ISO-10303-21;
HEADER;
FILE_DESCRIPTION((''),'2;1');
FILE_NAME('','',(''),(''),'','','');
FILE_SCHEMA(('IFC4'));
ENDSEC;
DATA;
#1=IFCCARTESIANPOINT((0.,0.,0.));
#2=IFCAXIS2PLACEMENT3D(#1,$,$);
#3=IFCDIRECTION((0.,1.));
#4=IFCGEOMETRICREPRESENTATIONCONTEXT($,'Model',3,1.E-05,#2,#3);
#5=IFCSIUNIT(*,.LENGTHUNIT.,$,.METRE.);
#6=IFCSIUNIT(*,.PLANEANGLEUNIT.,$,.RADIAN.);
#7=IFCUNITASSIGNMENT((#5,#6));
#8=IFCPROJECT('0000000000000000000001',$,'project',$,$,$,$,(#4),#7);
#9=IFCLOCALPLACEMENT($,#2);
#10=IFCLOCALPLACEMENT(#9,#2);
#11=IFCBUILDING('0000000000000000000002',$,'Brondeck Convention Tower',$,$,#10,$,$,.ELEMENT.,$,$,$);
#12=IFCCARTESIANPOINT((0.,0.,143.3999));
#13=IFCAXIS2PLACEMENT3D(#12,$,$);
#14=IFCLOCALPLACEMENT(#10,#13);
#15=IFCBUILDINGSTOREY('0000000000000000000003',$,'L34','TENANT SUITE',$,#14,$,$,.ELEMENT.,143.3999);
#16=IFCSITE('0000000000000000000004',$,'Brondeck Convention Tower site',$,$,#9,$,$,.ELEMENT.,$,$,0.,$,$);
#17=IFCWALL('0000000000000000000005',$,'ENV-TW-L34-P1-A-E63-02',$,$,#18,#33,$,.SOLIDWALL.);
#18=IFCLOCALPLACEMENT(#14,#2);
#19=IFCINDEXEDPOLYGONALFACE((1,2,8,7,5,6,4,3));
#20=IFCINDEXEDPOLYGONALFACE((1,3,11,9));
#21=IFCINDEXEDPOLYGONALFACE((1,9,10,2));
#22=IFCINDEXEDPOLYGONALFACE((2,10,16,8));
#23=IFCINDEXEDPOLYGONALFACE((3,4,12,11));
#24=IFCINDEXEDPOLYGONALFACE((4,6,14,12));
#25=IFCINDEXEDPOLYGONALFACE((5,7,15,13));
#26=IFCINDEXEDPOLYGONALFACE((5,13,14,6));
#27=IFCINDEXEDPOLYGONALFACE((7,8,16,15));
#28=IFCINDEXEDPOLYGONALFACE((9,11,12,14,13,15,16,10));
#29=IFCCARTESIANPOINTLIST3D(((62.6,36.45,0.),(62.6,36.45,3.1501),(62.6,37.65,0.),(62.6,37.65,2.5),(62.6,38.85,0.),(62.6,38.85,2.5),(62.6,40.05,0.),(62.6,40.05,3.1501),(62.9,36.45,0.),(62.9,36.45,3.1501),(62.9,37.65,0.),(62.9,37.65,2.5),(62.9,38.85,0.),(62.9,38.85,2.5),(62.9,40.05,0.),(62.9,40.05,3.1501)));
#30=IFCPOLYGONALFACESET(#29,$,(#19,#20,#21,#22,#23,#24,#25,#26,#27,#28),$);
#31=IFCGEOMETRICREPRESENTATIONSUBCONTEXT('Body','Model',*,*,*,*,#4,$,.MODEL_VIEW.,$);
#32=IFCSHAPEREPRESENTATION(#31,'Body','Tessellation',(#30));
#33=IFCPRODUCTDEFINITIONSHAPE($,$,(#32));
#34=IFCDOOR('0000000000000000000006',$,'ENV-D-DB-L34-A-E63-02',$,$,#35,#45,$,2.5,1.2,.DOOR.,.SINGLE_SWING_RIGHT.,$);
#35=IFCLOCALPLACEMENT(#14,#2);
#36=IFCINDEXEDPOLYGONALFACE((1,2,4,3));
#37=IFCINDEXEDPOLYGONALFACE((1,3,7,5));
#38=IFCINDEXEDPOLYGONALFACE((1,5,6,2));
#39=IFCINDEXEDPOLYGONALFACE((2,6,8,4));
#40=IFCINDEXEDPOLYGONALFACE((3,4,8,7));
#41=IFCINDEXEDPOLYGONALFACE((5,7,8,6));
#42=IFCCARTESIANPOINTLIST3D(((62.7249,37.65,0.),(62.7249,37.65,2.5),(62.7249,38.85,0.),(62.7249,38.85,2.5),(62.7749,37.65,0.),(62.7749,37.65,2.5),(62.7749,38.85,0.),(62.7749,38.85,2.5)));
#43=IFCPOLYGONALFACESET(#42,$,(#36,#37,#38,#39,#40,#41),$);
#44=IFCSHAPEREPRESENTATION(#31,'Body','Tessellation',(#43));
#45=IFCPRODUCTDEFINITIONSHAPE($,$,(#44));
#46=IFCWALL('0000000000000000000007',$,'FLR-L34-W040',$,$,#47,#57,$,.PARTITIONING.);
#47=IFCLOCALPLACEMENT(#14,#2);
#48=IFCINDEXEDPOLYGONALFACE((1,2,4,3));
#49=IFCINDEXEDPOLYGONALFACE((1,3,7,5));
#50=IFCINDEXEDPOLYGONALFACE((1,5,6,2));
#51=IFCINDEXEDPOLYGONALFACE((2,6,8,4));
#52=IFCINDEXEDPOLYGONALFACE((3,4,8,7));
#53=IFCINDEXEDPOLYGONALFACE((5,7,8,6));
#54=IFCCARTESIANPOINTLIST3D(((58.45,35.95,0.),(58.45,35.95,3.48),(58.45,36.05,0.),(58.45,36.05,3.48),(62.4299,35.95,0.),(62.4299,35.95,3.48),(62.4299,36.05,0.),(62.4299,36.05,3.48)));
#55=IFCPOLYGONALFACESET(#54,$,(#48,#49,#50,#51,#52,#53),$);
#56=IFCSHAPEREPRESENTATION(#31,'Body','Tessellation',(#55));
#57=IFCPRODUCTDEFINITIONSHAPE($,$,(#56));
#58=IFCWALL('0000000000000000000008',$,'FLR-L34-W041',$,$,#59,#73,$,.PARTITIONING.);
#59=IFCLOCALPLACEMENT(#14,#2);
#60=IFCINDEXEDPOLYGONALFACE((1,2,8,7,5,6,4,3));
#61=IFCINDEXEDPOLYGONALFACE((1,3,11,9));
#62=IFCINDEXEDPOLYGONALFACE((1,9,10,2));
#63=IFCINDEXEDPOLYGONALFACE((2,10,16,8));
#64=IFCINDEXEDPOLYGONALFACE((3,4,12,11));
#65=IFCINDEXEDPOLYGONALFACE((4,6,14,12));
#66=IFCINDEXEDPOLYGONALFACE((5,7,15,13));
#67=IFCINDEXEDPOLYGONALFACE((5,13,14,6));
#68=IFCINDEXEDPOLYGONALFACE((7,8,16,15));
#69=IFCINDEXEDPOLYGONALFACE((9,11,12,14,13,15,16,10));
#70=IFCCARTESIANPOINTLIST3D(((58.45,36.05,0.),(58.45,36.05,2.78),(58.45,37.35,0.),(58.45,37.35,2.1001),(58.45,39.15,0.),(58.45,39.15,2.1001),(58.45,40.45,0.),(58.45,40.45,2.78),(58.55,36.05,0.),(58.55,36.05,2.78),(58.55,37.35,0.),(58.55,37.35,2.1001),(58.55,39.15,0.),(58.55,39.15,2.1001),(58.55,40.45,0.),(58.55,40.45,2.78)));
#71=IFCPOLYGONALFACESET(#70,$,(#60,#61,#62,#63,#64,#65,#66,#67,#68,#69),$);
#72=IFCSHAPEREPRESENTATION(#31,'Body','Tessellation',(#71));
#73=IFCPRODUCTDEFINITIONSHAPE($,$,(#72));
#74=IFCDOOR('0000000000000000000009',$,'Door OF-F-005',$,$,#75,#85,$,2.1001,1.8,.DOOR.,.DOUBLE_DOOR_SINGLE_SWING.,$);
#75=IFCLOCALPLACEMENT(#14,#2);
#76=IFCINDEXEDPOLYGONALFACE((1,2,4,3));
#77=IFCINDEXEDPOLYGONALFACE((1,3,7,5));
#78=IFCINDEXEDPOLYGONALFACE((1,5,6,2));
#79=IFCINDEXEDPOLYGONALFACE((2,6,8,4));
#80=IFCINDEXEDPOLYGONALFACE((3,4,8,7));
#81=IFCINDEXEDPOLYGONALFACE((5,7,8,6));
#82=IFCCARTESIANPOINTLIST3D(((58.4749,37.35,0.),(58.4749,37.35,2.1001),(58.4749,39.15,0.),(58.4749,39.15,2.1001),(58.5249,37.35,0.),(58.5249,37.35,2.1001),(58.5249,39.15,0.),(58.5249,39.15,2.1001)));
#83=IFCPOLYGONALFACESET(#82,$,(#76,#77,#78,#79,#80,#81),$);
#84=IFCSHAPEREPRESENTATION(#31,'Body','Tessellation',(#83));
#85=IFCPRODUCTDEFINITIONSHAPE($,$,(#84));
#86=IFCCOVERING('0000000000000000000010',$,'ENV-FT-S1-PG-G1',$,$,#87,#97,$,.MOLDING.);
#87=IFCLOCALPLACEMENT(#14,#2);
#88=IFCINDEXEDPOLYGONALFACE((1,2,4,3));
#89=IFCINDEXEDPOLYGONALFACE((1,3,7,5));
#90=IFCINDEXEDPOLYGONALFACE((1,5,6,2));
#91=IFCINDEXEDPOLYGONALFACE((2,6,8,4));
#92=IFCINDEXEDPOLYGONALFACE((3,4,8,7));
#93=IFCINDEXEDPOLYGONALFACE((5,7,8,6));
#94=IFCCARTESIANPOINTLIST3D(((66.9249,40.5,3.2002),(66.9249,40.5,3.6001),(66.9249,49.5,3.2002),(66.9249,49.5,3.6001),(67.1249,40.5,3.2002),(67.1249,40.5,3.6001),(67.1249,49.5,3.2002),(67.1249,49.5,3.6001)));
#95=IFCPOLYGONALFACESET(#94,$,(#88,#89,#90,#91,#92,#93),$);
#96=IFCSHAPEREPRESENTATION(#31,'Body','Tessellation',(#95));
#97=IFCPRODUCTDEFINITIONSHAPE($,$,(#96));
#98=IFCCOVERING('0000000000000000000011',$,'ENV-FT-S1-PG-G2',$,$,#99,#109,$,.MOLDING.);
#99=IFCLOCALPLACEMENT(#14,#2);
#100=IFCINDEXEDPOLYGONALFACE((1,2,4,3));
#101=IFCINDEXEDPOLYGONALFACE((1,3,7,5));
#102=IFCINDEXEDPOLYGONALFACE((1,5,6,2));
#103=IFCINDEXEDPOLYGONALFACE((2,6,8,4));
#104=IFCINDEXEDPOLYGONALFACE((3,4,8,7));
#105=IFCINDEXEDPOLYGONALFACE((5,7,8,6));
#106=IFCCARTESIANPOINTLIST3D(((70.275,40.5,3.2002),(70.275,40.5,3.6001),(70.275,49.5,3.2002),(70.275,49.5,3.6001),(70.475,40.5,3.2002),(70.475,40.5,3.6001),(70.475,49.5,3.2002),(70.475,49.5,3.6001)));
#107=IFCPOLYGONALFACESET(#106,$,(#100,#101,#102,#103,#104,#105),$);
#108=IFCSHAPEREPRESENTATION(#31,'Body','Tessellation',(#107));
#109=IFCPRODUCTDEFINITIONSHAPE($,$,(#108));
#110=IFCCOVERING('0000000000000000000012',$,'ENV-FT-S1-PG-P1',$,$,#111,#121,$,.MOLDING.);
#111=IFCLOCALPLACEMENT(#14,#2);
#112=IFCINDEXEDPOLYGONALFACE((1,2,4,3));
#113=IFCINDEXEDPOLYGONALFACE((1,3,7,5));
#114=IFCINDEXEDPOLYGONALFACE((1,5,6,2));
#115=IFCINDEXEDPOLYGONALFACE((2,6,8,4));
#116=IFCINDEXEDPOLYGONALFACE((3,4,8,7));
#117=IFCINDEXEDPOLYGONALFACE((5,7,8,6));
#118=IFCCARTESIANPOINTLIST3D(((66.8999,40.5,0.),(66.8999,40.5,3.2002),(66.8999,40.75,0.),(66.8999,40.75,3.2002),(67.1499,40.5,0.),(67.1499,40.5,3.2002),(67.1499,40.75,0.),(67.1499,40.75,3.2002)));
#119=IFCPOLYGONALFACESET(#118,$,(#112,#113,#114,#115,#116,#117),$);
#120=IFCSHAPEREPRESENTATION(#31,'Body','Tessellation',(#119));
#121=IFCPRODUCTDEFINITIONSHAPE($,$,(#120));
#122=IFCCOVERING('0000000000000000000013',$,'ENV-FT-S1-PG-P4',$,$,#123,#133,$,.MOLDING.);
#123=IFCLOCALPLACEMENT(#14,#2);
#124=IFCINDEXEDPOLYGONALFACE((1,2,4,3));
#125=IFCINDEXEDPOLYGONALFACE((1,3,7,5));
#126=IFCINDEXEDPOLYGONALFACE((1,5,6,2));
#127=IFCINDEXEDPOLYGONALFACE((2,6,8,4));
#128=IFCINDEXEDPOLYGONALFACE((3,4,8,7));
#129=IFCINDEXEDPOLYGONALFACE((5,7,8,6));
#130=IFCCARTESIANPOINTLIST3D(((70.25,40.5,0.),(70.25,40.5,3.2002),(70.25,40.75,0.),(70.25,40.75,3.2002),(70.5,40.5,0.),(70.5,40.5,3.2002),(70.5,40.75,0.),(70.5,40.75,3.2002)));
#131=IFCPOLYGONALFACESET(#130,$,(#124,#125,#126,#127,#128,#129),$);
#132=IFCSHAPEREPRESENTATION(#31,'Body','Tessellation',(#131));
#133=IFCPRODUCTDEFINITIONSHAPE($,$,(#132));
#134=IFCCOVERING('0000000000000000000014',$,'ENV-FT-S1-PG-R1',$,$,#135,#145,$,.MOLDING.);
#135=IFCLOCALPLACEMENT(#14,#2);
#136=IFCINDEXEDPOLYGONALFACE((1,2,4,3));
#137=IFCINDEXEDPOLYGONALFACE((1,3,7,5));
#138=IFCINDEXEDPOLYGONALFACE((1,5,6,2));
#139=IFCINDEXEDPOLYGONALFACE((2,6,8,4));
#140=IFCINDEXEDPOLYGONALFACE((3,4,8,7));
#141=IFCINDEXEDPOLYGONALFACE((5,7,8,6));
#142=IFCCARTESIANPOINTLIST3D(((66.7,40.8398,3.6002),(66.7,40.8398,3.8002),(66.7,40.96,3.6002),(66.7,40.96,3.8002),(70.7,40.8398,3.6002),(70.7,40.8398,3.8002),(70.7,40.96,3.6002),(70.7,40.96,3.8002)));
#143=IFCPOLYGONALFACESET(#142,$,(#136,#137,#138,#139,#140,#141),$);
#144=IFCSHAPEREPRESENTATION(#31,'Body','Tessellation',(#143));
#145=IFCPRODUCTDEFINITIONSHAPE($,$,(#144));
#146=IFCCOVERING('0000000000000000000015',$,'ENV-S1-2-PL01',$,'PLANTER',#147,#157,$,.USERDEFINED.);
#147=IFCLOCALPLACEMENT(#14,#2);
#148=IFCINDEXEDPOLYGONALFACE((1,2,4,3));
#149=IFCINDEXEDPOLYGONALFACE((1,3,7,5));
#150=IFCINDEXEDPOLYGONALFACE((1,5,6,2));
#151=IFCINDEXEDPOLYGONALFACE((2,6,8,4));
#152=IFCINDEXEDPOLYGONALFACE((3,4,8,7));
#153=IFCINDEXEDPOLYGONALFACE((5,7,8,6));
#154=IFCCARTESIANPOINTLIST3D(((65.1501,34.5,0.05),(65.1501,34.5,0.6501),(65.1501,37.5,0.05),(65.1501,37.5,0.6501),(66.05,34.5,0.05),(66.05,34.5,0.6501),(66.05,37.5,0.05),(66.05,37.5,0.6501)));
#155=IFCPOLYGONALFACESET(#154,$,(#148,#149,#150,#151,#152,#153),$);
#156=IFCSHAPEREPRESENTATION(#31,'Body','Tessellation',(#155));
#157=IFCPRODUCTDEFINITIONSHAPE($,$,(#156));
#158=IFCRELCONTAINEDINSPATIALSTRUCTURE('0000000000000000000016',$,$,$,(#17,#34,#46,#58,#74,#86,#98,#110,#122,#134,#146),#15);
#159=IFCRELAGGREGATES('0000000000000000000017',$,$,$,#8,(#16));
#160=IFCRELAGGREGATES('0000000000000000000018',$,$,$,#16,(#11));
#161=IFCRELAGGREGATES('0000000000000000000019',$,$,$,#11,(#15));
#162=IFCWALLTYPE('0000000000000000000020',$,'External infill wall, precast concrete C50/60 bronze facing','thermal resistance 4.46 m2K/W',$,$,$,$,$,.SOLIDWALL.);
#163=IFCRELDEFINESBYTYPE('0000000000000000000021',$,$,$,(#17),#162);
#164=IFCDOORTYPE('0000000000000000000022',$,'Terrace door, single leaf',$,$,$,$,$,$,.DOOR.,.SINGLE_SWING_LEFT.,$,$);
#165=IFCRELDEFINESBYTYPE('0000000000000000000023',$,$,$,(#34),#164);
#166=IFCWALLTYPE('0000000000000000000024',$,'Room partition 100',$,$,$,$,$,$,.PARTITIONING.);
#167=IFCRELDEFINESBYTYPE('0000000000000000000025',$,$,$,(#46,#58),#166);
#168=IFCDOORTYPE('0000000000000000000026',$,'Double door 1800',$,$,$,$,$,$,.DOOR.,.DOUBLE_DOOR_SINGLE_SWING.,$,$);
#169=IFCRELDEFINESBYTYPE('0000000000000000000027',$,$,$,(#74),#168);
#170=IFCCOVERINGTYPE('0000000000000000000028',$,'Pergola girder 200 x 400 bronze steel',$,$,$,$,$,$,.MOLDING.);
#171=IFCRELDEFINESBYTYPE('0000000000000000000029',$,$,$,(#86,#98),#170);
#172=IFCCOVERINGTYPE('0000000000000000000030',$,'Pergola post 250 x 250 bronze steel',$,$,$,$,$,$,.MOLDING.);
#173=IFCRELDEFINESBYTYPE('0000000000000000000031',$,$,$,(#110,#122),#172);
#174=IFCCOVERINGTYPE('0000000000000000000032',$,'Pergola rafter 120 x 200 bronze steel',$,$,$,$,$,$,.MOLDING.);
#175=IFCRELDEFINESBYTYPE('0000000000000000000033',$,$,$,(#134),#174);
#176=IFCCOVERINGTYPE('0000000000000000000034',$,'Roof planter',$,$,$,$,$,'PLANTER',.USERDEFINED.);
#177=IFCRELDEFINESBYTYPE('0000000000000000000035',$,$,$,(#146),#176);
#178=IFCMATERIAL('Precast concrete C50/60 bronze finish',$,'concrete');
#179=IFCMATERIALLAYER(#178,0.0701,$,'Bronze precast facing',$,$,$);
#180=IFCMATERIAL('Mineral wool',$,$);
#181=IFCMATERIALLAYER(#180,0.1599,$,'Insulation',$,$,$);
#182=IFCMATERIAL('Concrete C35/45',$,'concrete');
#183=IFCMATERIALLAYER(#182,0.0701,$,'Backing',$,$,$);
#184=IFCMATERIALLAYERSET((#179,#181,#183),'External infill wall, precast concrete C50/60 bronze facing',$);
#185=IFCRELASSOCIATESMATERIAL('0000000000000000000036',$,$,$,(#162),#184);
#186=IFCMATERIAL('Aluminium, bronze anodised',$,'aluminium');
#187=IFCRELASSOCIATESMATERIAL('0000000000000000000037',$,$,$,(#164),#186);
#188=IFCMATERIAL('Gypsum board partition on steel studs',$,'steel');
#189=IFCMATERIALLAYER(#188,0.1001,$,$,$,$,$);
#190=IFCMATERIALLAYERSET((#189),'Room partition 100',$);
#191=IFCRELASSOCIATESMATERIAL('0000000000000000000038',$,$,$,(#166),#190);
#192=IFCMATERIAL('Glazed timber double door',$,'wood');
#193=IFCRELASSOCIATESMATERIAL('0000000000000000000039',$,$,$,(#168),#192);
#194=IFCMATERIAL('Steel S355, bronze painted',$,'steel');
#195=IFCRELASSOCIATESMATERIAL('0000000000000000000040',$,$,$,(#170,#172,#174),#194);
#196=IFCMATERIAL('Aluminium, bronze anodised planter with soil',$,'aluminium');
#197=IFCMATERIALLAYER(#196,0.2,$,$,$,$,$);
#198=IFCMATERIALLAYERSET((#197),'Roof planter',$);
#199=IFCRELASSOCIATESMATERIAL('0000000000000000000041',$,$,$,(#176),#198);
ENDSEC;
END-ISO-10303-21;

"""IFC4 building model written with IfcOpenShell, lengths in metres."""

from ifc_helpers import new_model, si_unit, direction, frame, frame_2d, origin, origin_2d, place, context, subcontext, project, spatial, rectangle, extrude, material, layer, layer_set, material_profile, profile_set, type_object, element, fill, save


model = new_model("IFC4")

# Units and contexts
model_context = context("Model", 3, precision=1e-05, world=origin(), true_north=direction((0.0, 1.0)))
body_context = subcontext(model_context, "Body", "Model", "MODEL_VIEW")
ifc_project = project(units=[si_unit("LENGTHUNIT", "METRE"), si_unit("PLANEANGLEUNIT", "RADIAN")], contexts=[model_context])

# Site, building, storey
site_placement = place(None, origin())
site = spatial("IfcSite", under=ifc_project, at=site_placement, Name="Brondeck Convention Tower site", CompositionType="ELEMENT", RefElevation=0.0)
building_placement = place(site_placement, origin())
building = spatial("IfcBuilding", under=site, at=building_placement, Name="Brondeck Convention Tower", CompositionType="ELEMENT")
storey_placement = place(building_placement, frame((0.0, 0.0, 143.3999)))
storey = spatial("IfcBuildingStorey", under=building, at=storey_placement, Name="L34", Description="TENANT SUITE", CompositionType="ELEMENT", Elevation=143.3999)

# Shared definitions
ifc_material_1 = material(Name="Aluminium, bronze anodised", Category="aluminium")

# Shared definitions
ifc_material_2 = material(Name="Precast concrete C50/60 bronze finish", Category="concrete")
ifc_layer_1 = layer(ifc_material_2, 0.0701, Name="Bronze precast facing")
ifc_material_3 = material(Name="Mineral wool")
ifc_layer_2 = layer(ifc_material_3, 0.1599, Name="Insulation")
ifc_material_4 = material(Name="Concrete C35/45", Category="concrete")
ifc_layer_3 = layer(ifc_material_4, 0.0701, Name="Backing")
ifc_layer_set_1 = layer_set([ifc_layer_1, ifc_layer_2, ifc_layer_3], Name="External infill wall, precast concrete C50/60 bronze facing")
wall_type_1 = type_object("IfcWallType", Name="External infill wall, precast concrete C50/60 bronze facing", Description="thermal resistance 4.46 m2K/W", PredefinedType="SOLIDWALL", material=ifc_layer_set_1)

# Wall, opening, door
wall_1_placement = place(storey_placement, frame((62.75, 40.05, 0.0), z_axis=(0.0, 0.0, 1.0), x_axis=(0.0, -1.0, 0.0)))
wall_1 = element("IfcWall", 1, at=wall_1_placement, inside=storey, type_object=wall_type_1, Name="ENV-TW-L34-P1-A-E63-02", PredefinedType="SOLIDWALL", context=body_context, shape_type="SweptSolid", body=[
    extrude(rectangle(XDim=3.6001, YDim=0.3, at=frame_2d((1.8, 0.0))), origin(), (0.0, 0.0, 1.0), 3.1501),
])
opening_1_placement = place(wall_1_placement, frame((1.2, 0.0, 0.0)))
opening_1 = element("IfcOpeningElement", 2, at=opening_1_placement, cuts=wall_1, PredefinedType="OPENING", context=body_context, shape_type="SweptSolid", body=[
    extrude(rectangle(XDim=1.2, YDim=2.5, at=frame_2d((0.6001, 1.25))), frame((0.0, 0.1599, 0.0), z_axis=(0.0, -1.0, 0.0), x_axis=(1.0, 0.0, 0.0)), (0.0, 0.0, 1.0), 0.3201),
])
door_type_1 = type_object("IfcDoorType", Name="Terrace door, single leaf", OperationType="SINGLE_SWING_LEFT", PredefinedType="DOOR", material=ifc_material_1)
door_1_placement = place(opening_1_placement, origin())
door_1 = element("IfcDoor", 3, at=door_1_placement, inside=storey, type_object=door_type_1, Name="ENV-D-DB-L34-A-E63-02", OperationType="SINGLE_SWING_RIGHT", OverallHeight=2.5, OverallWidth=1.2, PredefinedType="DOOR", context=body_context, shape_type="SweptSolid", body=[
    extrude(rectangle(XDim=1.2, YDim=2.5, at=frame_2d((0.6001, 1.25))), frame((0.0, 0.0249, 0.0), z_axis=(0.0, -1.0, 0.0), x_axis=(1.0, 0.0, 0.0)), (0.0, 0.0, 1.0), 0.05),
])
fill(opening_1, door_1)

# Wall
ifc_material_5 = material(Name="Gypsum board partition on steel studs", Category="steel")
ifc_layer_4 = layer(ifc_material_5, 0.1001)
ifc_layer_set_2 = layer_set([ifc_layer_4], Name="Room partition 100")
wall_type_2 = type_object("IfcWallType", Name="Room partition 100", PredefinedType="PARTITIONING", material=ifc_layer_set_2)
wall_2_placement = place(storey_placement, frame((62.4299, 36.0, 0.0), z_axis=(0.0, 0.0, 1.0), x_axis=(-1.0, 0.0, 0.0)))
element("IfcWall", 4, at=wall_2_placement, inside=storey, type_object=wall_type_2, Name="FLR-L34-W040", PredefinedType="PARTITIONING", context=body_context, shape_type="SweptSolid", body=[
    extrude(rectangle(XDim=3.98, YDim=0.1001, at=frame_2d((1.99, 0.0))), origin(), (0.0, 0.0, 1.0), 3.48),
])

# Wall, opening, door
wall_3_placement = place(storey_placement, frame((58.5, 40.45, 0.0), z_axis=(0.0, 0.0, 1.0), x_axis=(0.0, -1.0, 0.0)))
wall_3 = element("IfcWall", 5, at=wall_3_placement, inside=storey, type_object=wall_type_2, Name="FLR-L34-W041", PredefinedType="PARTITIONING", context=body_context, shape_type="SweptSolid", body=[
    extrude(rectangle(XDim=4.3999, YDim=0.1001, at=frame_2d((2.2, 0.0))), origin(), (0.0, 0.0, 1.0), 2.78),
])
opening_2_placement = place(wall_3_placement, frame((1.3, 0.0, 0.0)))
opening_2 = element("IfcOpeningElement", 6, at=opening_2_placement, cuts=wall_3, PredefinedType="OPENING", context=body_context, shape_type="SweptSolid", body=[
    extrude(rectangle(XDim=1.8, YDim=2.1001, at=frame_2d((0.8999, 1.05))), frame((0.0, 0.0601, 0.0), z_axis=(0.0, -1.0, 0.0), x_axis=(1.0, 0.0, 0.0)), (0.0, 0.0, 1.0), 0.1201),
])
ifc_material_6 = material(Name="Glazed timber double door", Category="wood")
door_type_2 = type_object("IfcDoorType", Name="Double door 1800", OperationType="DOUBLE_DOOR_SINGLE_SWING", PredefinedType="DOOR", material=ifc_material_6)
door_2_placement = place(opening_2_placement, origin())
door_2 = element("IfcDoor", 7, at=door_2_placement, inside=storey, type_object=door_type_2, Name="Door OF-F-005", OperationType="DOUBLE_DOOR_SINGLE_SWING", OverallHeight=2.1001, OverallWidth=1.8, PredefinedType="DOOR", context=body_context, shape_type="SweptSolid", body=[
    extrude(rectangle(XDim=1.8, YDim=2.1001, at=frame_2d((0.8999, 1.05))), frame((0.0, 0.0249, 0.0), z_axis=(0.0, -1.0, 0.0), x_axis=(1.0, 0.0, 0.0)), (0.0, 0.0, 1.0), 0.05),
])
fill(opening_2, door_2)

# Coverings
ifc_material_7 = material(Name="Steel S355, bronze painted", Category="steel")
ifc_material_profile_1 = material_profile(ifc_material_7, rectangle(XDim=0.2, YDim=0.3999, at=origin_2d()), Name="Pergola girder 200 x 400 bronze steel")
ifc_profile_set_1 = profile_set([ifc_material_profile_1], Name="Steel S355, bronze painted")
covering_type_1 = type_object("IfcCoveringType", Name="Pergola girder 200 x 400 bronze steel", PredefinedType="MOLDING", material=ifc_profile_set_1)
for number, where, z_axis, x_axis, name in (
    (8, (67.0249, 40.5, 3.4001), (0.0, 1.0, 0.0), (-1.0, 0.0, 0.0), "ENV-FT-S1-PG-G1"),
    (9, (70.375, 40.5, 3.4001), (0.0, 1.0, 0.0), (-1.0, 0.0, 0.0), "ENV-FT-S1-PG-G2"),
):
    element("IfcCovering", number, at=place(storey_placement, frame(where, z_axis=z_axis, x_axis=x_axis)), inside=storey, type_object=covering_type_1, Name=name, PredefinedType="MOLDING", context=body_context, shape_type="SweptSolid", body=[
        extrude(rectangle(XDim=0.2, YDim=0.3999, at=origin_2d()), origin(), (0.0, 0.0, 1.0), 9.0),
    ])
ifc_material_profile_2 = material_profile(ifc_material_7, rectangle(XDim=0.25, YDim=0.25, at=origin_2d()), Name="Pergola post 250 x 250 bronze steel")
ifc_profile_set_2 = profile_set([ifc_material_profile_2], Name="Steel S355, bronze painted")
covering_type_2 = type_object("IfcCoveringType", Name="Pergola post 250 x 250 bronze steel", PredefinedType="MOLDING", material=ifc_profile_set_2)
for number, where, z_axis, x_axis, name in (
    (10, (67.0249, 40.625, 0.0), (0.0, 0.0, 1.0), (1.0, 0.0, 0.0), "ENV-FT-S1-PG-P1"),
    (11, (70.375, 40.625, 0.0), (0.0, 0.0, 1.0), (1.0, 0.0, 0.0), "ENV-FT-S1-PG-P4"),
):
    element("IfcCovering", number, at=place(storey_placement, frame(where, z_axis=z_axis, x_axis=x_axis)), inside=storey, type_object=covering_type_2, Name=name, PredefinedType="MOLDING", context=body_context, shape_type="SweptSolid", body=[
        extrude(rectangle(XDim=0.25, YDim=0.25, at=origin_2d()), origin(), (0.0, 0.0, 1.0), 3.2002),
    ])
ifc_material_profile_3 = material_profile(ifc_material_7, rectangle(XDim=0.1201, YDim=0.2, at=origin_2d()), Name="Pergola rafter 120 x 200 bronze steel")
ifc_profile_set_3 = profile_set([ifc_material_profile_3], Name="Steel S355, bronze painted")
covering_type_3 = type_object("IfcCoveringType", Name="Pergola rafter 120 x 200 bronze steel", PredefinedType="MOLDING", material=ifc_profile_set_3)
covering_1_placement = place(storey_placement, frame((66.7, 40.8999, 3.7002), z_axis=(1.0, 0.0, 0.0), x_axis=(0.0, 1.0, 0.0)))
element("IfcCovering", 12, at=covering_1_placement, inside=storey, type_object=covering_type_3, Name="ENV-FT-S1-PG-R1", PredefinedType="MOLDING", context=body_context, shape_type="SweptSolid", body=[
    extrude(rectangle(XDim=0.1201, YDim=0.2, at=origin_2d()), origin(), (0.0, 0.0, 1.0), 4.0),
])
ifc_material_8 = material(Name="Aluminium, bronze anodised planter with soil", Category="aluminium")
ifc_layer_5 = layer(ifc_material_8, 0.2)
ifc_layer_set_3 = layer_set([ifc_layer_5], Name="Roof planter")
covering_type_4 = type_object("IfcCoveringType", Name="Roof planter", ElementType="PLANTER", PredefinedType="USERDEFINED", material=ifc_layer_set_3)
covering_2_placement = place(storey_placement, frame((65.6001, 36.0, 0.05), z_axis=(0.0, 0.0, 1.0), x_axis=(0.0, 1.0, 0.0)))
element("IfcCovering", 13, at=covering_2_placement, inside=storey, type_object=covering_type_4, Name="ENV-S1-2-PL01", ObjectType="PLANTER", PredefinedType="USERDEFINED", context=body_context, shape_type="SweptSolid", body=[
    extrude(rectangle(XDim=3.0, YDim=0.8999, at=origin_2d()), origin(), (0.0, 0.0, 1.0), 0.6001),
])

save(model, "model.ifc")
